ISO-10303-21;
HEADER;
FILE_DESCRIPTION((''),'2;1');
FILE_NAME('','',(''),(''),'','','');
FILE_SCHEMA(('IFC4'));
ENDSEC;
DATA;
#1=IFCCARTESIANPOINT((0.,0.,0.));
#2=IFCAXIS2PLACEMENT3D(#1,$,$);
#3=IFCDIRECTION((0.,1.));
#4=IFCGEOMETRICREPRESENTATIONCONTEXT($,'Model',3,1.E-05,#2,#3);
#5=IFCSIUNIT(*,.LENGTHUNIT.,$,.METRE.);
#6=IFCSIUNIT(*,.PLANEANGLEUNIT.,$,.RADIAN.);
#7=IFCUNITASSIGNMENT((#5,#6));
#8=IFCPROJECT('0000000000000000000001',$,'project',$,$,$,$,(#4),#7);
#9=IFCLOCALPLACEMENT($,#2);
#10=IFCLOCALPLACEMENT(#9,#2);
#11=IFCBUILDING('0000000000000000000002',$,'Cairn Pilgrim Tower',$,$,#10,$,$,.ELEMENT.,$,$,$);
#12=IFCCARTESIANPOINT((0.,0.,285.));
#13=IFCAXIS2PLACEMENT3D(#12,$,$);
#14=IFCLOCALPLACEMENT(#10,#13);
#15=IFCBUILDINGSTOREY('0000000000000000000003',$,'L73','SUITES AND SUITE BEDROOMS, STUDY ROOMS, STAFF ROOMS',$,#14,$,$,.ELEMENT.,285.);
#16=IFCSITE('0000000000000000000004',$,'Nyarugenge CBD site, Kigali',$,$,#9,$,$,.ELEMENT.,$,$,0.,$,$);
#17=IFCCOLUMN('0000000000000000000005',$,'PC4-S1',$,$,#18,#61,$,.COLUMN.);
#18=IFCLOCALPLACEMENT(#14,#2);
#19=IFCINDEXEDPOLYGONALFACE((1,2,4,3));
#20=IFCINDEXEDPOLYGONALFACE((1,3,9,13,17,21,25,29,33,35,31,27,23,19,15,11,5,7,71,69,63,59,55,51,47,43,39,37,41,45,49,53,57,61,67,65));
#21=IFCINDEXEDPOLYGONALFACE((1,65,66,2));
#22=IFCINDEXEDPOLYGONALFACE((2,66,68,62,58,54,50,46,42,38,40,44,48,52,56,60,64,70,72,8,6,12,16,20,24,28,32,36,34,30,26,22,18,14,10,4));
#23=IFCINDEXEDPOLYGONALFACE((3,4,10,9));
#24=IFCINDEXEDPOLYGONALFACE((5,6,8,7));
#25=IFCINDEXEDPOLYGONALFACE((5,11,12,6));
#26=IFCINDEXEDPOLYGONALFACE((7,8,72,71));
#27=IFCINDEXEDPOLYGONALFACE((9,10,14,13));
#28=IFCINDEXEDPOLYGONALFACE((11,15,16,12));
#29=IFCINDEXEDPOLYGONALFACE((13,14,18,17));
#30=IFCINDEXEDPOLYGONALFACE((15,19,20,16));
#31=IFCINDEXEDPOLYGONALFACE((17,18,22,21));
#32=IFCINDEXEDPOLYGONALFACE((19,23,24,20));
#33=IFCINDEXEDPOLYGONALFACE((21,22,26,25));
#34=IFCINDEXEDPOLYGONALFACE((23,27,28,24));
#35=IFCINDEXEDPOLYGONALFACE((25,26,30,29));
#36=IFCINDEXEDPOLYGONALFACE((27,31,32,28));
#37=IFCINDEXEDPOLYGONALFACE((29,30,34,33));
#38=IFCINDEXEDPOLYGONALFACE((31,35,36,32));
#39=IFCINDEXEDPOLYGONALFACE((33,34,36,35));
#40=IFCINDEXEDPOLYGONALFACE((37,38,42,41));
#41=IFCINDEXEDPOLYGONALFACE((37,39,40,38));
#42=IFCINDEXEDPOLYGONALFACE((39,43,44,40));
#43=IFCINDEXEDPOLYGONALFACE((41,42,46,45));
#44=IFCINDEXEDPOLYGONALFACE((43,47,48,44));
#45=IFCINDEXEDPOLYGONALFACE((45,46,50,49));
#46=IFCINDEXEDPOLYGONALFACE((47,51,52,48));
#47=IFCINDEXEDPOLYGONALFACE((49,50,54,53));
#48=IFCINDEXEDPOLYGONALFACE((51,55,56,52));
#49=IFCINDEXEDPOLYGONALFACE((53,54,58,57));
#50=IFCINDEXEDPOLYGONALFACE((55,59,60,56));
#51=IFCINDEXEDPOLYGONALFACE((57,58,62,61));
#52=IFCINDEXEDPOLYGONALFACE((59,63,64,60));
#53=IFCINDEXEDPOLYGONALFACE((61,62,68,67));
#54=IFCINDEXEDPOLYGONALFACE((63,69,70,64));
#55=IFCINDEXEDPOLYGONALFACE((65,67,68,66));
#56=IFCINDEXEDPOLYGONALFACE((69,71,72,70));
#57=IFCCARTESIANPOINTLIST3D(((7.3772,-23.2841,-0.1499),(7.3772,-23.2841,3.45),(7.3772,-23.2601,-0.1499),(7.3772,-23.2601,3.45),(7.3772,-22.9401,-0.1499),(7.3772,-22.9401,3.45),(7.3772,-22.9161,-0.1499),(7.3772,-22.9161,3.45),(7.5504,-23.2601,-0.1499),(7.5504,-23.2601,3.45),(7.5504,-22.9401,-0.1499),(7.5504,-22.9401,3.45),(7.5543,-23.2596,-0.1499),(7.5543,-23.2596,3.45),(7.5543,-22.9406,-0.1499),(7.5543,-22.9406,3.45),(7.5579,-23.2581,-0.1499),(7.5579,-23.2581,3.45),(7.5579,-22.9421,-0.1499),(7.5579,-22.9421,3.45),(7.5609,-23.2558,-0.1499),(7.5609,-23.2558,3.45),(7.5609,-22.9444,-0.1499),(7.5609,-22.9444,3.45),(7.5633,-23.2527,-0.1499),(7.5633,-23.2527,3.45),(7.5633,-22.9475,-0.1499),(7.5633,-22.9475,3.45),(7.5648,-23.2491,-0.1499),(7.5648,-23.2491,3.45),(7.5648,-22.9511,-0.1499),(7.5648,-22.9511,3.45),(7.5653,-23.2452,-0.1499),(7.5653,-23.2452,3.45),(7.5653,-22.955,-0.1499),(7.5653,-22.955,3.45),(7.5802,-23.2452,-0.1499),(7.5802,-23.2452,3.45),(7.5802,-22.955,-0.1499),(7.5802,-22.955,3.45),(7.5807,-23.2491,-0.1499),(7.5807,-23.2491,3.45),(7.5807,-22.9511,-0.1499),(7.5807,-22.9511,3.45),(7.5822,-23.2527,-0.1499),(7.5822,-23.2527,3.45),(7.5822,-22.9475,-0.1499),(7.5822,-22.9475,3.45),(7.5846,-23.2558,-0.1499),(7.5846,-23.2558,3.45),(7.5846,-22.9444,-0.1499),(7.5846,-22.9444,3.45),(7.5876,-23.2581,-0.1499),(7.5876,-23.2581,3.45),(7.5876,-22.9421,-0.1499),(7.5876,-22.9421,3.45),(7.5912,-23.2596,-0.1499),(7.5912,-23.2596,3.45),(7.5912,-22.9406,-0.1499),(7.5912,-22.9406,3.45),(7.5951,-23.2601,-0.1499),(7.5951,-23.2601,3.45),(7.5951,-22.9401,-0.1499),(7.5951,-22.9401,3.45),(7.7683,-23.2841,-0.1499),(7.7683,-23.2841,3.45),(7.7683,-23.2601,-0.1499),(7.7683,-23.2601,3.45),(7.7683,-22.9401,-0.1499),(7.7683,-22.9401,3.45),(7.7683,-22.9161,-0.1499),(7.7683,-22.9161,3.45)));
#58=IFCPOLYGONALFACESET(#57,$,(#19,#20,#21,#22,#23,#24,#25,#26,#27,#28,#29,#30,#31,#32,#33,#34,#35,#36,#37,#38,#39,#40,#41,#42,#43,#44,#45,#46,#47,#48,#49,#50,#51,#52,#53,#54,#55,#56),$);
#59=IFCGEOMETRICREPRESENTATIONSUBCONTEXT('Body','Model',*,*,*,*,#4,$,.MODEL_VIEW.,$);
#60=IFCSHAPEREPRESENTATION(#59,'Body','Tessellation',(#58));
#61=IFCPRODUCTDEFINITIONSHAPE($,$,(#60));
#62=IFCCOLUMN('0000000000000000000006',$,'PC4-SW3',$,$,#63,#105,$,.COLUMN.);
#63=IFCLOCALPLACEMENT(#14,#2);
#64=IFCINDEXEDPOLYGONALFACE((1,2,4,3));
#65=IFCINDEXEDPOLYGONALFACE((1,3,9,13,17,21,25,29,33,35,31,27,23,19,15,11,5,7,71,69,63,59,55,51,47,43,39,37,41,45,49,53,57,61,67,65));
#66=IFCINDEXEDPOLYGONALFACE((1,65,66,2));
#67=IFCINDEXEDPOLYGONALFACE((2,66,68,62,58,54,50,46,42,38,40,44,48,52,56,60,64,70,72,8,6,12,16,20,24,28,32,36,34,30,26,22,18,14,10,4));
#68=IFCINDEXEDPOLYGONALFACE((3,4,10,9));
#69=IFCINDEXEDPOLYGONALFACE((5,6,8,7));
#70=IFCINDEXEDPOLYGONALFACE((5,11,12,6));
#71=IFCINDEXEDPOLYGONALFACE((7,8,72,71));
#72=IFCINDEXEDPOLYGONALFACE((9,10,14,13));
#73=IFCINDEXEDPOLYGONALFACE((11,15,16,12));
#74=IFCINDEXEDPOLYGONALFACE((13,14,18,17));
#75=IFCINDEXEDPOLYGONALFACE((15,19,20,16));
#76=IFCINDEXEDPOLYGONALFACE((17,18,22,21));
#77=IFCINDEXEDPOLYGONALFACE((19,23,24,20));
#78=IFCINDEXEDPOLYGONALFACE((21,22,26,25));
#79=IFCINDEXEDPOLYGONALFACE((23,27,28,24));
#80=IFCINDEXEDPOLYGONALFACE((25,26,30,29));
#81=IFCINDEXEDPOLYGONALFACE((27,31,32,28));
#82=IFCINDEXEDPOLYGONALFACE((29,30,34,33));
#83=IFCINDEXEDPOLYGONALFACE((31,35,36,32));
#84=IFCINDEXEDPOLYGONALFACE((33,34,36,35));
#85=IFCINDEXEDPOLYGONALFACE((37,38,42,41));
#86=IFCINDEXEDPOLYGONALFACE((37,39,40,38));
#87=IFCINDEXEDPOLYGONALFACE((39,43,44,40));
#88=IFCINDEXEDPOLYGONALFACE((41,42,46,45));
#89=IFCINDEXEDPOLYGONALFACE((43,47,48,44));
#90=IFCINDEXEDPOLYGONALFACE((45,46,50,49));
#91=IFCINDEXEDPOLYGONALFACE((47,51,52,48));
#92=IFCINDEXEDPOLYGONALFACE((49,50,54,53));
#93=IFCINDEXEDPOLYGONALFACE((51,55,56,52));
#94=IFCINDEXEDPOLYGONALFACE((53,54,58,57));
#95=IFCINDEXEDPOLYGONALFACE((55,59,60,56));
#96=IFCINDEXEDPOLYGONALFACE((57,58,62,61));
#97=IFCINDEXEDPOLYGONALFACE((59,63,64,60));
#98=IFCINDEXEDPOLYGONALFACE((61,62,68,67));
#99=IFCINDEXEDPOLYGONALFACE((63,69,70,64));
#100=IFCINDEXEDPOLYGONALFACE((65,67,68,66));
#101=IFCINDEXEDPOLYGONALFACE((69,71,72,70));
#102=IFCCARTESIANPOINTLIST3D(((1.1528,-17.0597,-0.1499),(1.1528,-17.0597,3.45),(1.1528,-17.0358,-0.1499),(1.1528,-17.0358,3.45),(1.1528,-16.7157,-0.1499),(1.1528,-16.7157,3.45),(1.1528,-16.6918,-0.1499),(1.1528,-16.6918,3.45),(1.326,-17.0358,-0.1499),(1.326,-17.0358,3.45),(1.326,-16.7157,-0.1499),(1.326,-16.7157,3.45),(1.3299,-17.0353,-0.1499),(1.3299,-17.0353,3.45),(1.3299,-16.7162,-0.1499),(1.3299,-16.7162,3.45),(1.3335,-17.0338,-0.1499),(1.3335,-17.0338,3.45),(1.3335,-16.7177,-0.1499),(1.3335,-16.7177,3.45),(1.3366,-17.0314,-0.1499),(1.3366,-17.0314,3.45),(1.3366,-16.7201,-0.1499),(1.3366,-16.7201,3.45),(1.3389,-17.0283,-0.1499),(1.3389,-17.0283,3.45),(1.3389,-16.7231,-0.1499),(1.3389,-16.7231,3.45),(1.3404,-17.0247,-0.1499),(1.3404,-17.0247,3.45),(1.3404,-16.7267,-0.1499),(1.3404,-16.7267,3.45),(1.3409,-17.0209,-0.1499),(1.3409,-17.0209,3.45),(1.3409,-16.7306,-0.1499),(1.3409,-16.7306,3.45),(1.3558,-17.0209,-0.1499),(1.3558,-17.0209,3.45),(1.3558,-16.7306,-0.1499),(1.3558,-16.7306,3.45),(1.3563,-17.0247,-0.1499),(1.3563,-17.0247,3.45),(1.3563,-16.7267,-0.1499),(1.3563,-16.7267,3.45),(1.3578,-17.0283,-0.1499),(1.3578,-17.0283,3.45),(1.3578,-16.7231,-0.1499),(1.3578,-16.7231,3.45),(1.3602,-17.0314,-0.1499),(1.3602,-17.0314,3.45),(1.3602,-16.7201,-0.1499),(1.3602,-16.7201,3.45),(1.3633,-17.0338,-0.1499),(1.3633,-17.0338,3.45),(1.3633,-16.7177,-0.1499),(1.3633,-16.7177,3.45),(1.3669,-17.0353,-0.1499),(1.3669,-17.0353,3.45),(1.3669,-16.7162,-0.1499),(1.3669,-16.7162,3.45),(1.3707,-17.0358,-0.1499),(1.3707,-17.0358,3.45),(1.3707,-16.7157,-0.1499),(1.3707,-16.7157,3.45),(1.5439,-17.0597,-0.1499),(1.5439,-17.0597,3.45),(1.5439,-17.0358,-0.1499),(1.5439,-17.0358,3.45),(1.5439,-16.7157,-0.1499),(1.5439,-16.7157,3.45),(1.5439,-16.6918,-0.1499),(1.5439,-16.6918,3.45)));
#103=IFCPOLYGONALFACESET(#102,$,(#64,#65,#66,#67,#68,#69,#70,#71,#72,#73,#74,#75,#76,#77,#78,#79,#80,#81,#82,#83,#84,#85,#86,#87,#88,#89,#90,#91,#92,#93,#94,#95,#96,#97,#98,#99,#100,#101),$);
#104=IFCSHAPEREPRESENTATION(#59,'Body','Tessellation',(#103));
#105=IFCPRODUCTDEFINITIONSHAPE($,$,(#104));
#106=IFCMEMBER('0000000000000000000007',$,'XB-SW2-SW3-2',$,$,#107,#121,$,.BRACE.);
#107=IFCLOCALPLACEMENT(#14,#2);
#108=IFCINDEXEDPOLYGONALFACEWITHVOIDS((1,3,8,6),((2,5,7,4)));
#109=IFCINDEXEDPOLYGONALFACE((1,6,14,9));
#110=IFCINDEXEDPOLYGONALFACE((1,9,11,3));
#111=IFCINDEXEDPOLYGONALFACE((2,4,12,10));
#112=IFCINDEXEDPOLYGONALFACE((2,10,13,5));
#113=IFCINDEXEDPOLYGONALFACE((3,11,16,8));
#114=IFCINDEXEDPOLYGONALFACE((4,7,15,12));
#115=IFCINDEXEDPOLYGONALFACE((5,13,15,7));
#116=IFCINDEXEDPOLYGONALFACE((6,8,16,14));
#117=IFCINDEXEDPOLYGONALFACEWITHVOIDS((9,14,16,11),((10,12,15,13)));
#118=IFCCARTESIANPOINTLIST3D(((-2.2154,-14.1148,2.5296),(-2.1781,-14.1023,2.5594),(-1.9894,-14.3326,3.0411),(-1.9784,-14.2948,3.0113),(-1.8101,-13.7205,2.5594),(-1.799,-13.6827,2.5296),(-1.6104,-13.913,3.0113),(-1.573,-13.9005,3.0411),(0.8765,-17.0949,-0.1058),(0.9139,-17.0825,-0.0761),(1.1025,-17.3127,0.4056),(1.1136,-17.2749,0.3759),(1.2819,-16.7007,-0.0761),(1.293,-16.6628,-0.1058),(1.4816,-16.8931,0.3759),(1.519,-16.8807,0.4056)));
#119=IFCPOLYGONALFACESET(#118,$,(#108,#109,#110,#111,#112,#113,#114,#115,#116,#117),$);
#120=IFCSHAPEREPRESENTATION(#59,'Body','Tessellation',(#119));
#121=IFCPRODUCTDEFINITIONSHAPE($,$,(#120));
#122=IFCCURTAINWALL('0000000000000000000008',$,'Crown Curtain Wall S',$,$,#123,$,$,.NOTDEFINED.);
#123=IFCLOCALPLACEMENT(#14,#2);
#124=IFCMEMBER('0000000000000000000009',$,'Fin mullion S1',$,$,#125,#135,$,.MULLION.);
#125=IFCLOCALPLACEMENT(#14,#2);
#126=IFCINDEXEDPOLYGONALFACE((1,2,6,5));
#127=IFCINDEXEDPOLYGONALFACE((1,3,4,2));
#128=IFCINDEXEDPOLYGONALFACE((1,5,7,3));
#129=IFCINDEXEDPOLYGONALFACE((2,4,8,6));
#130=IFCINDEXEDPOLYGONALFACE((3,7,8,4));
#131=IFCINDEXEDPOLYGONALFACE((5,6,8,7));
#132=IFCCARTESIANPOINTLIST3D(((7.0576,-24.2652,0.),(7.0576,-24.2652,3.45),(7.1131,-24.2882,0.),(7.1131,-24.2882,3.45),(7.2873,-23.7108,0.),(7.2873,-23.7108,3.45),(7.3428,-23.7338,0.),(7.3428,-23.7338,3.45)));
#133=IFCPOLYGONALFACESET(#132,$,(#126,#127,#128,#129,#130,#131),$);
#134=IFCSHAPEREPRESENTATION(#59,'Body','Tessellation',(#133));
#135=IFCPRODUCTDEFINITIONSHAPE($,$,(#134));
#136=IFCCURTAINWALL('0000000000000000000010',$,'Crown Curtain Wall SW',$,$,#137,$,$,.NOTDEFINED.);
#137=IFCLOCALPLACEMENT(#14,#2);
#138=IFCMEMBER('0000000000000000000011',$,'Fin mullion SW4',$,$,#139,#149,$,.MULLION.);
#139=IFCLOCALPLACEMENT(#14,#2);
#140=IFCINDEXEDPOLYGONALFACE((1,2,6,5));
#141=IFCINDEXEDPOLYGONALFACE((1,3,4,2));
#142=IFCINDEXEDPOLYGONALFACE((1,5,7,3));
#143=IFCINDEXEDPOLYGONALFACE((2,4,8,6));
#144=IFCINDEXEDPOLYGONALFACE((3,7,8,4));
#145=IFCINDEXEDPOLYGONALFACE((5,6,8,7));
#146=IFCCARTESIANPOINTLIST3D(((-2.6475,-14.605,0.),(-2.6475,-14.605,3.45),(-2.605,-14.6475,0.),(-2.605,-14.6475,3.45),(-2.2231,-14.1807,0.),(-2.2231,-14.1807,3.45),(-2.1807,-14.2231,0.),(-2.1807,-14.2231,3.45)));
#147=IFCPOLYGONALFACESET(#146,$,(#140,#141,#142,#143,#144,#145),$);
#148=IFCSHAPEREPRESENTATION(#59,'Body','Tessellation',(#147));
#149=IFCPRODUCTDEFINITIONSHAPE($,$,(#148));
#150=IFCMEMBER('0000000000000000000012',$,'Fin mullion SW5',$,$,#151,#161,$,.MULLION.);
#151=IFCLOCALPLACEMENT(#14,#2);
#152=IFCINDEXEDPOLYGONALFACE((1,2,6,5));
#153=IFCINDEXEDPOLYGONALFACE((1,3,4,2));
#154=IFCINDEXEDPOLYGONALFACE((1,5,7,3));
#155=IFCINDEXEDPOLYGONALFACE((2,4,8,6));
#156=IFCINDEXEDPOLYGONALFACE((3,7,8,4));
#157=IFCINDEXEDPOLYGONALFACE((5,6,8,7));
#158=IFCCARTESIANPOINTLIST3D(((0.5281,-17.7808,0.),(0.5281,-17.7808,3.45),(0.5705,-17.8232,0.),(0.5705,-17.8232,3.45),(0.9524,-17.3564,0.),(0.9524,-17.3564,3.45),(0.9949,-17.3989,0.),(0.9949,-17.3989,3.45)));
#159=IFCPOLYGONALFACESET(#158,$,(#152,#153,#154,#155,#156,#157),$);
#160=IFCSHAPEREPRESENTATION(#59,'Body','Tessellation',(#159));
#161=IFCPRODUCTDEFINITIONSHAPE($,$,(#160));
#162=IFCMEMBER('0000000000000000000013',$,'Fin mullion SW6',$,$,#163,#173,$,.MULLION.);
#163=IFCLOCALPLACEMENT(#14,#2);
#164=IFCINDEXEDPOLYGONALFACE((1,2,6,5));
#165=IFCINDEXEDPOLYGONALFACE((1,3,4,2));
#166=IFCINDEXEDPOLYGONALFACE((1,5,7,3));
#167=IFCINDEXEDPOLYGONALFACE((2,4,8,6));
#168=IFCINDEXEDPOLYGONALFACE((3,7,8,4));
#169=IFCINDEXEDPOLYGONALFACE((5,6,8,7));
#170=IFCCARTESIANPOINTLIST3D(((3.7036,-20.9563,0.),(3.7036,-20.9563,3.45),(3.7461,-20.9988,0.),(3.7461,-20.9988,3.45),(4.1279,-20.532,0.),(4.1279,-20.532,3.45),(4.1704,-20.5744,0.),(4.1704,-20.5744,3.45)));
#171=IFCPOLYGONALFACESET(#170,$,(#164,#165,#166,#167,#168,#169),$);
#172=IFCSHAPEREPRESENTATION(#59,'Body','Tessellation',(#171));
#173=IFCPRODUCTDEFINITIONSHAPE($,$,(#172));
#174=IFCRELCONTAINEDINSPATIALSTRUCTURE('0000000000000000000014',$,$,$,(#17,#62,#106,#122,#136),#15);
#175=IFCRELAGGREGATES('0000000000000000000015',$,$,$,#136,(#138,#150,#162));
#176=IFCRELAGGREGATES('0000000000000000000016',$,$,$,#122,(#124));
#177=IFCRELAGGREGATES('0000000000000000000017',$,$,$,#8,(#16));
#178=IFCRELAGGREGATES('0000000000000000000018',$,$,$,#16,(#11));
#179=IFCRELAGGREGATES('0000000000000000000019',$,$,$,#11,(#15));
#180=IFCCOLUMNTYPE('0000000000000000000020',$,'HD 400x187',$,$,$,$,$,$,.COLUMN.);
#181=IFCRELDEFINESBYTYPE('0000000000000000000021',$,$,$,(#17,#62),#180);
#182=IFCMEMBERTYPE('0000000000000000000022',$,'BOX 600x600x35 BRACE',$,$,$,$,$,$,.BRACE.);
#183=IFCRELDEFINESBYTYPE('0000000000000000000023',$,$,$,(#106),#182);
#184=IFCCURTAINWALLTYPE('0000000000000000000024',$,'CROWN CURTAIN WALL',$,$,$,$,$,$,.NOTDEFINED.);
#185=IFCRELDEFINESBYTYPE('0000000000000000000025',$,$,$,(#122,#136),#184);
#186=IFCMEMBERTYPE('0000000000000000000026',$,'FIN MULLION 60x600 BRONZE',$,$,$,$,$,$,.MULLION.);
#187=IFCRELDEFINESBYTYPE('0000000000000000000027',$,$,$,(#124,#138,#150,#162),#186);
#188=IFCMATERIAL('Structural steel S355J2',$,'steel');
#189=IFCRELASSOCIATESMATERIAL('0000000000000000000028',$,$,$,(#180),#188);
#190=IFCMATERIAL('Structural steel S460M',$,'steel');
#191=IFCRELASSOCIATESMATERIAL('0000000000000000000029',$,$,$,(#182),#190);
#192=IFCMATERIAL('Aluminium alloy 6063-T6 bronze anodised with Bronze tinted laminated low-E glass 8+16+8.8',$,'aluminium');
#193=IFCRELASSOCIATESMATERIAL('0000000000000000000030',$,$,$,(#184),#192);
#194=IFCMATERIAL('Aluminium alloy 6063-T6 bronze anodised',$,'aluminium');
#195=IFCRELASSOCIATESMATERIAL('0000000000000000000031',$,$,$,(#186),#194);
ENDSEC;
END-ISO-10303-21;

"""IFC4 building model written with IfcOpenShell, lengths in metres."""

from ifc_helpers import new_model, si_unit, direction, frame, origin, origin_2d, place, context, subcontext, project, spatial, rectangle, hollow_rectangle, i_section, extrude, material, material_profile, profile_set, type_object, element, aggregate, save


model = new_model("IFC4")

# Units and contexts
model_context = context("Model", 3, precision=1e-05, world=origin(), true_north=direction((0.0, 1.0)))
body_context = subcontext(model_context, "Body", "Model", "MODEL_VIEW")
ifc_project = project(units=[si_unit("LENGTHUNIT", "METRE"), si_unit("PLANEANGLEUNIT", "RADIAN")], contexts=[model_context])

# Site, building, storey
site_placement = place(None, origin())
site = spatial("IfcSite", under=ifc_project, at=site_placement, Name="Nyarugenge CBD site, Kigali", CompositionType="ELEMENT", RefElevation=0.0)
building_placement = place(site_placement, origin())
building = spatial("IfcBuilding", under=site, at=building_placement, Name="Cairn Pilgrim Tower", CompositionType="ELEMENT")
storey_placement = place(building_placement, frame((0.0, 0.0, 285.0)))
storey = spatial("IfcBuildingStorey", under=building, at=storey_placement, Name="L73", Description="SUITES AND SUITE BEDROOMS, STUDY ROOMS, STAFF ROOMS", CompositionType="ELEMENT", Elevation=285.0)

# Columns
ifc_material_1 = material(Name="Structural steel S355J2", Category="steel")
ifc_material_profile_1 = material_profile(ifc_material_1, i_section(OverallWidth=0.3911, OverallDepth=0.3679, WebThickness=0.0149, FlangeThickness=0.0239, FilletRadius=0.0149, at=origin_2d()), Name="HD 400x187")
ifc_profile_set_1 = profile_set([ifc_material_profile_1], Name="Structural steel S355J2")
column_type = type_object("IfcColumnType", Name="HD 400x187", PredefinedType="COLUMN", material=ifc_profile_set_1)
for number, where, z_axis, x_axis, name in (
    (1, (7.5728, -23.1001, -0.1499), (0.0, 0.0, 1.0), (1.0, 0.0, 0.0), "PC4-S1"),
    (2, (1.3484, -16.8757, -0.1499), (0.0, 0.0, 1.0), (1.0, 0.0, 0.0), "PC4-SW3"),
):
    element("IfcColumn", number, at=place(storey_placement, frame(where, z_axis=z_axis, x_axis=x_axis)), inside=storey, type_object=column_type, Name=name, PredefinedType="COLUMN", context=body_context, shape_type="SweptSolid", body=[
        extrude(i_section(OverallWidth=0.3911, OverallDepth=0.3679, WebThickness=0.0149, FlangeThickness=0.0239, FilletRadius=0.0149, at=origin_2d()), origin(), (0.0, 0.0, 1.0), 3.5999),
    ])

# Member
ifc_material_2 = material(Name="Structural steel S460M", Category="steel")
ifc_material_profile_2 = material_profile(ifc_material_2, hollow_rectangle(XDim=0.6001, YDim=0.6001, WallThickness=0.0349, at=origin_2d()), Name="BOX 600x600x35")
ifc_profile_set_2 = profile_set([ifc_material_profile_2], Name="Structural steel S460M")
member_type_1 = type_object("IfcMemberType", Name="BOX 600x600x35 BRACE", PredefinedType="BRACE", material=ifc_profile_set_2)
member_1_placement = place(storey_placement, frame((1.1978, -16.9878, 0.1499), z_axis=(-0.613661, 0.591469, 0.523053), x_axis=(-0.693968, -0.720006, 0.0)))
element("IfcMember", 3, at=member_1_placement, inside=storey, type_object=member_type_1, Name="XB-SW2-SW3-2", PredefinedType="BRACE", context=body_context, shape_type="SweptSolid", body=[
    extrude(hollow_rectangle(XDim=0.6001, YDim=0.6001, WallThickness=0.0349, at=origin_2d()), origin(), (0.0, 0.0, 1.0), 5.0386),
])

# Curtain wall, member
ifc_material_3 = material(Name="Aluminium alloy 6063-T6 bronze anodised with Bronze tinted laminated low-E glass 8+16+8.8", Category="aluminium")
curtain_wall_type = type_object("IfcCurtainWallType", Name="CROWN CURTAIN WALL", PredefinedType="NOTDEFINED", material=ifc_material_3)
curtain_wall_1_placement = place(storey_placement, origin())
curtain_wall_1 = element("IfcCurtainWall", 4, at=curtain_wall_1_placement, inside=storey, type_object=curtain_wall_type, Name="Crown Curtain Wall S", PredefinedType="NOTDEFINED")
ifc_material_4 = material(Name="Aluminium alloy 6063-T6 bronze anodised", Category="aluminium")
ifc_material_profile_3 = material_profile(ifc_material_4, rectangle(XDim=0.6001, YDim=0.0601, at=origin_2d()), Name="FIN MULLION 60x600 BRONZE")
ifc_profile_set_3 = profile_set([ifc_material_profile_3], Name="Aluminium alloy 6063-T6 bronze anodised")
member_type_2 = type_object("IfcMemberType", Name="FIN MULLION 60x600 BRONZE", PredefinedType="MULLION", material=ifc_profile_set_3)
member_2_placement = place(storey_placement, frame((7.2002, -23.9995, 0.0), z_axis=(0.0, 0.0, 1.0), x_axis=(-0.382683, -0.92388, 0.0)))
member_2 = element("IfcMember", 5, at=member_2_placement, type_object=member_type_2, Name="Fin mullion S1", PredefinedType="MULLION", context=body_context, shape_type="SweptSolid", body=[
    extrude(rectangle(XDim=0.6001, YDim=0.0601, at=origin_2d()), origin(), (0.0, 0.0, 1.0), 3.45),
])

# Curtain wall, members
curtain_wall_2_placement = place(storey_placement, origin())
curtain_wall_2 = element("IfcCurtainWall", 6, at=curtain_wall_2_placement, inside=storey, type_object=curtain_wall_type, Name="Crown Curtain Wall SW", PredefinedType="NOTDEFINED")
member_3_placement = place(storey_placement, frame((-2.4141, -14.4141, 0.0), z_axis=(0.0, 0.0, 1.0), x_axis=(-0.707107, -0.707107, 0.0)))
member_3 = element("IfcMember", 7, at=member_3_placement, type_object=member_type_2, Name="Fin mullion SW4", PredefinedType="MULLION", context=body_context, shape_type="SweptSolid", body=[
    extrude(rectangle(XDim=0.6001, YDim=0.0601, at=origin_2d()), origin(), (0.0, 0.0, 1.0), 3.45),
])
member_4_placement = place(storey_placement, frame((0.7615, -17.5898, 0.0), z_axis=(0.0, 0.0, 1.0), x_axis=(-0.707107, -0.707107, 0.0)))
member_4 = element("IfcMember", 8, at=member_4_placement, type_object=member_type_2, Name="Fin mullion SW5", PredefinedType="MULLION", context=body_context, shape_type="SweptSolid", body=[
    extrude(rectangle(XDim=0.6001, YDim=0.0601, at=origin_2d()), origin(), (0.0, 0.0, 1.0), 3.45),
])
member_5_placement = place(storey_placement, frame((3.937, -20.7654, 0.0), z_axis=(0.0, 0.0, 1.0), x_axis=(-0.707107, -0.707107, 0.0)))
member_5 = element("IfcMember", 9, at=member_5_placement, type_object=member_type_2, Name="Fin mullion SW6", PredefinedType="MULLION", context=body_context, shape_type="SweptSolid", body=[
    extrude(rectangle(XDim=0.6001, YDim=0.0601, at=origin_2d()), origin(), (0.0, 0.0, 1.0), 3.45),
])

aggregate(curtain_wall_2, [member_3, member_4, member_5])
aggregate(curtain_wall_1, [member_2])

save(model, "model.ifc")
